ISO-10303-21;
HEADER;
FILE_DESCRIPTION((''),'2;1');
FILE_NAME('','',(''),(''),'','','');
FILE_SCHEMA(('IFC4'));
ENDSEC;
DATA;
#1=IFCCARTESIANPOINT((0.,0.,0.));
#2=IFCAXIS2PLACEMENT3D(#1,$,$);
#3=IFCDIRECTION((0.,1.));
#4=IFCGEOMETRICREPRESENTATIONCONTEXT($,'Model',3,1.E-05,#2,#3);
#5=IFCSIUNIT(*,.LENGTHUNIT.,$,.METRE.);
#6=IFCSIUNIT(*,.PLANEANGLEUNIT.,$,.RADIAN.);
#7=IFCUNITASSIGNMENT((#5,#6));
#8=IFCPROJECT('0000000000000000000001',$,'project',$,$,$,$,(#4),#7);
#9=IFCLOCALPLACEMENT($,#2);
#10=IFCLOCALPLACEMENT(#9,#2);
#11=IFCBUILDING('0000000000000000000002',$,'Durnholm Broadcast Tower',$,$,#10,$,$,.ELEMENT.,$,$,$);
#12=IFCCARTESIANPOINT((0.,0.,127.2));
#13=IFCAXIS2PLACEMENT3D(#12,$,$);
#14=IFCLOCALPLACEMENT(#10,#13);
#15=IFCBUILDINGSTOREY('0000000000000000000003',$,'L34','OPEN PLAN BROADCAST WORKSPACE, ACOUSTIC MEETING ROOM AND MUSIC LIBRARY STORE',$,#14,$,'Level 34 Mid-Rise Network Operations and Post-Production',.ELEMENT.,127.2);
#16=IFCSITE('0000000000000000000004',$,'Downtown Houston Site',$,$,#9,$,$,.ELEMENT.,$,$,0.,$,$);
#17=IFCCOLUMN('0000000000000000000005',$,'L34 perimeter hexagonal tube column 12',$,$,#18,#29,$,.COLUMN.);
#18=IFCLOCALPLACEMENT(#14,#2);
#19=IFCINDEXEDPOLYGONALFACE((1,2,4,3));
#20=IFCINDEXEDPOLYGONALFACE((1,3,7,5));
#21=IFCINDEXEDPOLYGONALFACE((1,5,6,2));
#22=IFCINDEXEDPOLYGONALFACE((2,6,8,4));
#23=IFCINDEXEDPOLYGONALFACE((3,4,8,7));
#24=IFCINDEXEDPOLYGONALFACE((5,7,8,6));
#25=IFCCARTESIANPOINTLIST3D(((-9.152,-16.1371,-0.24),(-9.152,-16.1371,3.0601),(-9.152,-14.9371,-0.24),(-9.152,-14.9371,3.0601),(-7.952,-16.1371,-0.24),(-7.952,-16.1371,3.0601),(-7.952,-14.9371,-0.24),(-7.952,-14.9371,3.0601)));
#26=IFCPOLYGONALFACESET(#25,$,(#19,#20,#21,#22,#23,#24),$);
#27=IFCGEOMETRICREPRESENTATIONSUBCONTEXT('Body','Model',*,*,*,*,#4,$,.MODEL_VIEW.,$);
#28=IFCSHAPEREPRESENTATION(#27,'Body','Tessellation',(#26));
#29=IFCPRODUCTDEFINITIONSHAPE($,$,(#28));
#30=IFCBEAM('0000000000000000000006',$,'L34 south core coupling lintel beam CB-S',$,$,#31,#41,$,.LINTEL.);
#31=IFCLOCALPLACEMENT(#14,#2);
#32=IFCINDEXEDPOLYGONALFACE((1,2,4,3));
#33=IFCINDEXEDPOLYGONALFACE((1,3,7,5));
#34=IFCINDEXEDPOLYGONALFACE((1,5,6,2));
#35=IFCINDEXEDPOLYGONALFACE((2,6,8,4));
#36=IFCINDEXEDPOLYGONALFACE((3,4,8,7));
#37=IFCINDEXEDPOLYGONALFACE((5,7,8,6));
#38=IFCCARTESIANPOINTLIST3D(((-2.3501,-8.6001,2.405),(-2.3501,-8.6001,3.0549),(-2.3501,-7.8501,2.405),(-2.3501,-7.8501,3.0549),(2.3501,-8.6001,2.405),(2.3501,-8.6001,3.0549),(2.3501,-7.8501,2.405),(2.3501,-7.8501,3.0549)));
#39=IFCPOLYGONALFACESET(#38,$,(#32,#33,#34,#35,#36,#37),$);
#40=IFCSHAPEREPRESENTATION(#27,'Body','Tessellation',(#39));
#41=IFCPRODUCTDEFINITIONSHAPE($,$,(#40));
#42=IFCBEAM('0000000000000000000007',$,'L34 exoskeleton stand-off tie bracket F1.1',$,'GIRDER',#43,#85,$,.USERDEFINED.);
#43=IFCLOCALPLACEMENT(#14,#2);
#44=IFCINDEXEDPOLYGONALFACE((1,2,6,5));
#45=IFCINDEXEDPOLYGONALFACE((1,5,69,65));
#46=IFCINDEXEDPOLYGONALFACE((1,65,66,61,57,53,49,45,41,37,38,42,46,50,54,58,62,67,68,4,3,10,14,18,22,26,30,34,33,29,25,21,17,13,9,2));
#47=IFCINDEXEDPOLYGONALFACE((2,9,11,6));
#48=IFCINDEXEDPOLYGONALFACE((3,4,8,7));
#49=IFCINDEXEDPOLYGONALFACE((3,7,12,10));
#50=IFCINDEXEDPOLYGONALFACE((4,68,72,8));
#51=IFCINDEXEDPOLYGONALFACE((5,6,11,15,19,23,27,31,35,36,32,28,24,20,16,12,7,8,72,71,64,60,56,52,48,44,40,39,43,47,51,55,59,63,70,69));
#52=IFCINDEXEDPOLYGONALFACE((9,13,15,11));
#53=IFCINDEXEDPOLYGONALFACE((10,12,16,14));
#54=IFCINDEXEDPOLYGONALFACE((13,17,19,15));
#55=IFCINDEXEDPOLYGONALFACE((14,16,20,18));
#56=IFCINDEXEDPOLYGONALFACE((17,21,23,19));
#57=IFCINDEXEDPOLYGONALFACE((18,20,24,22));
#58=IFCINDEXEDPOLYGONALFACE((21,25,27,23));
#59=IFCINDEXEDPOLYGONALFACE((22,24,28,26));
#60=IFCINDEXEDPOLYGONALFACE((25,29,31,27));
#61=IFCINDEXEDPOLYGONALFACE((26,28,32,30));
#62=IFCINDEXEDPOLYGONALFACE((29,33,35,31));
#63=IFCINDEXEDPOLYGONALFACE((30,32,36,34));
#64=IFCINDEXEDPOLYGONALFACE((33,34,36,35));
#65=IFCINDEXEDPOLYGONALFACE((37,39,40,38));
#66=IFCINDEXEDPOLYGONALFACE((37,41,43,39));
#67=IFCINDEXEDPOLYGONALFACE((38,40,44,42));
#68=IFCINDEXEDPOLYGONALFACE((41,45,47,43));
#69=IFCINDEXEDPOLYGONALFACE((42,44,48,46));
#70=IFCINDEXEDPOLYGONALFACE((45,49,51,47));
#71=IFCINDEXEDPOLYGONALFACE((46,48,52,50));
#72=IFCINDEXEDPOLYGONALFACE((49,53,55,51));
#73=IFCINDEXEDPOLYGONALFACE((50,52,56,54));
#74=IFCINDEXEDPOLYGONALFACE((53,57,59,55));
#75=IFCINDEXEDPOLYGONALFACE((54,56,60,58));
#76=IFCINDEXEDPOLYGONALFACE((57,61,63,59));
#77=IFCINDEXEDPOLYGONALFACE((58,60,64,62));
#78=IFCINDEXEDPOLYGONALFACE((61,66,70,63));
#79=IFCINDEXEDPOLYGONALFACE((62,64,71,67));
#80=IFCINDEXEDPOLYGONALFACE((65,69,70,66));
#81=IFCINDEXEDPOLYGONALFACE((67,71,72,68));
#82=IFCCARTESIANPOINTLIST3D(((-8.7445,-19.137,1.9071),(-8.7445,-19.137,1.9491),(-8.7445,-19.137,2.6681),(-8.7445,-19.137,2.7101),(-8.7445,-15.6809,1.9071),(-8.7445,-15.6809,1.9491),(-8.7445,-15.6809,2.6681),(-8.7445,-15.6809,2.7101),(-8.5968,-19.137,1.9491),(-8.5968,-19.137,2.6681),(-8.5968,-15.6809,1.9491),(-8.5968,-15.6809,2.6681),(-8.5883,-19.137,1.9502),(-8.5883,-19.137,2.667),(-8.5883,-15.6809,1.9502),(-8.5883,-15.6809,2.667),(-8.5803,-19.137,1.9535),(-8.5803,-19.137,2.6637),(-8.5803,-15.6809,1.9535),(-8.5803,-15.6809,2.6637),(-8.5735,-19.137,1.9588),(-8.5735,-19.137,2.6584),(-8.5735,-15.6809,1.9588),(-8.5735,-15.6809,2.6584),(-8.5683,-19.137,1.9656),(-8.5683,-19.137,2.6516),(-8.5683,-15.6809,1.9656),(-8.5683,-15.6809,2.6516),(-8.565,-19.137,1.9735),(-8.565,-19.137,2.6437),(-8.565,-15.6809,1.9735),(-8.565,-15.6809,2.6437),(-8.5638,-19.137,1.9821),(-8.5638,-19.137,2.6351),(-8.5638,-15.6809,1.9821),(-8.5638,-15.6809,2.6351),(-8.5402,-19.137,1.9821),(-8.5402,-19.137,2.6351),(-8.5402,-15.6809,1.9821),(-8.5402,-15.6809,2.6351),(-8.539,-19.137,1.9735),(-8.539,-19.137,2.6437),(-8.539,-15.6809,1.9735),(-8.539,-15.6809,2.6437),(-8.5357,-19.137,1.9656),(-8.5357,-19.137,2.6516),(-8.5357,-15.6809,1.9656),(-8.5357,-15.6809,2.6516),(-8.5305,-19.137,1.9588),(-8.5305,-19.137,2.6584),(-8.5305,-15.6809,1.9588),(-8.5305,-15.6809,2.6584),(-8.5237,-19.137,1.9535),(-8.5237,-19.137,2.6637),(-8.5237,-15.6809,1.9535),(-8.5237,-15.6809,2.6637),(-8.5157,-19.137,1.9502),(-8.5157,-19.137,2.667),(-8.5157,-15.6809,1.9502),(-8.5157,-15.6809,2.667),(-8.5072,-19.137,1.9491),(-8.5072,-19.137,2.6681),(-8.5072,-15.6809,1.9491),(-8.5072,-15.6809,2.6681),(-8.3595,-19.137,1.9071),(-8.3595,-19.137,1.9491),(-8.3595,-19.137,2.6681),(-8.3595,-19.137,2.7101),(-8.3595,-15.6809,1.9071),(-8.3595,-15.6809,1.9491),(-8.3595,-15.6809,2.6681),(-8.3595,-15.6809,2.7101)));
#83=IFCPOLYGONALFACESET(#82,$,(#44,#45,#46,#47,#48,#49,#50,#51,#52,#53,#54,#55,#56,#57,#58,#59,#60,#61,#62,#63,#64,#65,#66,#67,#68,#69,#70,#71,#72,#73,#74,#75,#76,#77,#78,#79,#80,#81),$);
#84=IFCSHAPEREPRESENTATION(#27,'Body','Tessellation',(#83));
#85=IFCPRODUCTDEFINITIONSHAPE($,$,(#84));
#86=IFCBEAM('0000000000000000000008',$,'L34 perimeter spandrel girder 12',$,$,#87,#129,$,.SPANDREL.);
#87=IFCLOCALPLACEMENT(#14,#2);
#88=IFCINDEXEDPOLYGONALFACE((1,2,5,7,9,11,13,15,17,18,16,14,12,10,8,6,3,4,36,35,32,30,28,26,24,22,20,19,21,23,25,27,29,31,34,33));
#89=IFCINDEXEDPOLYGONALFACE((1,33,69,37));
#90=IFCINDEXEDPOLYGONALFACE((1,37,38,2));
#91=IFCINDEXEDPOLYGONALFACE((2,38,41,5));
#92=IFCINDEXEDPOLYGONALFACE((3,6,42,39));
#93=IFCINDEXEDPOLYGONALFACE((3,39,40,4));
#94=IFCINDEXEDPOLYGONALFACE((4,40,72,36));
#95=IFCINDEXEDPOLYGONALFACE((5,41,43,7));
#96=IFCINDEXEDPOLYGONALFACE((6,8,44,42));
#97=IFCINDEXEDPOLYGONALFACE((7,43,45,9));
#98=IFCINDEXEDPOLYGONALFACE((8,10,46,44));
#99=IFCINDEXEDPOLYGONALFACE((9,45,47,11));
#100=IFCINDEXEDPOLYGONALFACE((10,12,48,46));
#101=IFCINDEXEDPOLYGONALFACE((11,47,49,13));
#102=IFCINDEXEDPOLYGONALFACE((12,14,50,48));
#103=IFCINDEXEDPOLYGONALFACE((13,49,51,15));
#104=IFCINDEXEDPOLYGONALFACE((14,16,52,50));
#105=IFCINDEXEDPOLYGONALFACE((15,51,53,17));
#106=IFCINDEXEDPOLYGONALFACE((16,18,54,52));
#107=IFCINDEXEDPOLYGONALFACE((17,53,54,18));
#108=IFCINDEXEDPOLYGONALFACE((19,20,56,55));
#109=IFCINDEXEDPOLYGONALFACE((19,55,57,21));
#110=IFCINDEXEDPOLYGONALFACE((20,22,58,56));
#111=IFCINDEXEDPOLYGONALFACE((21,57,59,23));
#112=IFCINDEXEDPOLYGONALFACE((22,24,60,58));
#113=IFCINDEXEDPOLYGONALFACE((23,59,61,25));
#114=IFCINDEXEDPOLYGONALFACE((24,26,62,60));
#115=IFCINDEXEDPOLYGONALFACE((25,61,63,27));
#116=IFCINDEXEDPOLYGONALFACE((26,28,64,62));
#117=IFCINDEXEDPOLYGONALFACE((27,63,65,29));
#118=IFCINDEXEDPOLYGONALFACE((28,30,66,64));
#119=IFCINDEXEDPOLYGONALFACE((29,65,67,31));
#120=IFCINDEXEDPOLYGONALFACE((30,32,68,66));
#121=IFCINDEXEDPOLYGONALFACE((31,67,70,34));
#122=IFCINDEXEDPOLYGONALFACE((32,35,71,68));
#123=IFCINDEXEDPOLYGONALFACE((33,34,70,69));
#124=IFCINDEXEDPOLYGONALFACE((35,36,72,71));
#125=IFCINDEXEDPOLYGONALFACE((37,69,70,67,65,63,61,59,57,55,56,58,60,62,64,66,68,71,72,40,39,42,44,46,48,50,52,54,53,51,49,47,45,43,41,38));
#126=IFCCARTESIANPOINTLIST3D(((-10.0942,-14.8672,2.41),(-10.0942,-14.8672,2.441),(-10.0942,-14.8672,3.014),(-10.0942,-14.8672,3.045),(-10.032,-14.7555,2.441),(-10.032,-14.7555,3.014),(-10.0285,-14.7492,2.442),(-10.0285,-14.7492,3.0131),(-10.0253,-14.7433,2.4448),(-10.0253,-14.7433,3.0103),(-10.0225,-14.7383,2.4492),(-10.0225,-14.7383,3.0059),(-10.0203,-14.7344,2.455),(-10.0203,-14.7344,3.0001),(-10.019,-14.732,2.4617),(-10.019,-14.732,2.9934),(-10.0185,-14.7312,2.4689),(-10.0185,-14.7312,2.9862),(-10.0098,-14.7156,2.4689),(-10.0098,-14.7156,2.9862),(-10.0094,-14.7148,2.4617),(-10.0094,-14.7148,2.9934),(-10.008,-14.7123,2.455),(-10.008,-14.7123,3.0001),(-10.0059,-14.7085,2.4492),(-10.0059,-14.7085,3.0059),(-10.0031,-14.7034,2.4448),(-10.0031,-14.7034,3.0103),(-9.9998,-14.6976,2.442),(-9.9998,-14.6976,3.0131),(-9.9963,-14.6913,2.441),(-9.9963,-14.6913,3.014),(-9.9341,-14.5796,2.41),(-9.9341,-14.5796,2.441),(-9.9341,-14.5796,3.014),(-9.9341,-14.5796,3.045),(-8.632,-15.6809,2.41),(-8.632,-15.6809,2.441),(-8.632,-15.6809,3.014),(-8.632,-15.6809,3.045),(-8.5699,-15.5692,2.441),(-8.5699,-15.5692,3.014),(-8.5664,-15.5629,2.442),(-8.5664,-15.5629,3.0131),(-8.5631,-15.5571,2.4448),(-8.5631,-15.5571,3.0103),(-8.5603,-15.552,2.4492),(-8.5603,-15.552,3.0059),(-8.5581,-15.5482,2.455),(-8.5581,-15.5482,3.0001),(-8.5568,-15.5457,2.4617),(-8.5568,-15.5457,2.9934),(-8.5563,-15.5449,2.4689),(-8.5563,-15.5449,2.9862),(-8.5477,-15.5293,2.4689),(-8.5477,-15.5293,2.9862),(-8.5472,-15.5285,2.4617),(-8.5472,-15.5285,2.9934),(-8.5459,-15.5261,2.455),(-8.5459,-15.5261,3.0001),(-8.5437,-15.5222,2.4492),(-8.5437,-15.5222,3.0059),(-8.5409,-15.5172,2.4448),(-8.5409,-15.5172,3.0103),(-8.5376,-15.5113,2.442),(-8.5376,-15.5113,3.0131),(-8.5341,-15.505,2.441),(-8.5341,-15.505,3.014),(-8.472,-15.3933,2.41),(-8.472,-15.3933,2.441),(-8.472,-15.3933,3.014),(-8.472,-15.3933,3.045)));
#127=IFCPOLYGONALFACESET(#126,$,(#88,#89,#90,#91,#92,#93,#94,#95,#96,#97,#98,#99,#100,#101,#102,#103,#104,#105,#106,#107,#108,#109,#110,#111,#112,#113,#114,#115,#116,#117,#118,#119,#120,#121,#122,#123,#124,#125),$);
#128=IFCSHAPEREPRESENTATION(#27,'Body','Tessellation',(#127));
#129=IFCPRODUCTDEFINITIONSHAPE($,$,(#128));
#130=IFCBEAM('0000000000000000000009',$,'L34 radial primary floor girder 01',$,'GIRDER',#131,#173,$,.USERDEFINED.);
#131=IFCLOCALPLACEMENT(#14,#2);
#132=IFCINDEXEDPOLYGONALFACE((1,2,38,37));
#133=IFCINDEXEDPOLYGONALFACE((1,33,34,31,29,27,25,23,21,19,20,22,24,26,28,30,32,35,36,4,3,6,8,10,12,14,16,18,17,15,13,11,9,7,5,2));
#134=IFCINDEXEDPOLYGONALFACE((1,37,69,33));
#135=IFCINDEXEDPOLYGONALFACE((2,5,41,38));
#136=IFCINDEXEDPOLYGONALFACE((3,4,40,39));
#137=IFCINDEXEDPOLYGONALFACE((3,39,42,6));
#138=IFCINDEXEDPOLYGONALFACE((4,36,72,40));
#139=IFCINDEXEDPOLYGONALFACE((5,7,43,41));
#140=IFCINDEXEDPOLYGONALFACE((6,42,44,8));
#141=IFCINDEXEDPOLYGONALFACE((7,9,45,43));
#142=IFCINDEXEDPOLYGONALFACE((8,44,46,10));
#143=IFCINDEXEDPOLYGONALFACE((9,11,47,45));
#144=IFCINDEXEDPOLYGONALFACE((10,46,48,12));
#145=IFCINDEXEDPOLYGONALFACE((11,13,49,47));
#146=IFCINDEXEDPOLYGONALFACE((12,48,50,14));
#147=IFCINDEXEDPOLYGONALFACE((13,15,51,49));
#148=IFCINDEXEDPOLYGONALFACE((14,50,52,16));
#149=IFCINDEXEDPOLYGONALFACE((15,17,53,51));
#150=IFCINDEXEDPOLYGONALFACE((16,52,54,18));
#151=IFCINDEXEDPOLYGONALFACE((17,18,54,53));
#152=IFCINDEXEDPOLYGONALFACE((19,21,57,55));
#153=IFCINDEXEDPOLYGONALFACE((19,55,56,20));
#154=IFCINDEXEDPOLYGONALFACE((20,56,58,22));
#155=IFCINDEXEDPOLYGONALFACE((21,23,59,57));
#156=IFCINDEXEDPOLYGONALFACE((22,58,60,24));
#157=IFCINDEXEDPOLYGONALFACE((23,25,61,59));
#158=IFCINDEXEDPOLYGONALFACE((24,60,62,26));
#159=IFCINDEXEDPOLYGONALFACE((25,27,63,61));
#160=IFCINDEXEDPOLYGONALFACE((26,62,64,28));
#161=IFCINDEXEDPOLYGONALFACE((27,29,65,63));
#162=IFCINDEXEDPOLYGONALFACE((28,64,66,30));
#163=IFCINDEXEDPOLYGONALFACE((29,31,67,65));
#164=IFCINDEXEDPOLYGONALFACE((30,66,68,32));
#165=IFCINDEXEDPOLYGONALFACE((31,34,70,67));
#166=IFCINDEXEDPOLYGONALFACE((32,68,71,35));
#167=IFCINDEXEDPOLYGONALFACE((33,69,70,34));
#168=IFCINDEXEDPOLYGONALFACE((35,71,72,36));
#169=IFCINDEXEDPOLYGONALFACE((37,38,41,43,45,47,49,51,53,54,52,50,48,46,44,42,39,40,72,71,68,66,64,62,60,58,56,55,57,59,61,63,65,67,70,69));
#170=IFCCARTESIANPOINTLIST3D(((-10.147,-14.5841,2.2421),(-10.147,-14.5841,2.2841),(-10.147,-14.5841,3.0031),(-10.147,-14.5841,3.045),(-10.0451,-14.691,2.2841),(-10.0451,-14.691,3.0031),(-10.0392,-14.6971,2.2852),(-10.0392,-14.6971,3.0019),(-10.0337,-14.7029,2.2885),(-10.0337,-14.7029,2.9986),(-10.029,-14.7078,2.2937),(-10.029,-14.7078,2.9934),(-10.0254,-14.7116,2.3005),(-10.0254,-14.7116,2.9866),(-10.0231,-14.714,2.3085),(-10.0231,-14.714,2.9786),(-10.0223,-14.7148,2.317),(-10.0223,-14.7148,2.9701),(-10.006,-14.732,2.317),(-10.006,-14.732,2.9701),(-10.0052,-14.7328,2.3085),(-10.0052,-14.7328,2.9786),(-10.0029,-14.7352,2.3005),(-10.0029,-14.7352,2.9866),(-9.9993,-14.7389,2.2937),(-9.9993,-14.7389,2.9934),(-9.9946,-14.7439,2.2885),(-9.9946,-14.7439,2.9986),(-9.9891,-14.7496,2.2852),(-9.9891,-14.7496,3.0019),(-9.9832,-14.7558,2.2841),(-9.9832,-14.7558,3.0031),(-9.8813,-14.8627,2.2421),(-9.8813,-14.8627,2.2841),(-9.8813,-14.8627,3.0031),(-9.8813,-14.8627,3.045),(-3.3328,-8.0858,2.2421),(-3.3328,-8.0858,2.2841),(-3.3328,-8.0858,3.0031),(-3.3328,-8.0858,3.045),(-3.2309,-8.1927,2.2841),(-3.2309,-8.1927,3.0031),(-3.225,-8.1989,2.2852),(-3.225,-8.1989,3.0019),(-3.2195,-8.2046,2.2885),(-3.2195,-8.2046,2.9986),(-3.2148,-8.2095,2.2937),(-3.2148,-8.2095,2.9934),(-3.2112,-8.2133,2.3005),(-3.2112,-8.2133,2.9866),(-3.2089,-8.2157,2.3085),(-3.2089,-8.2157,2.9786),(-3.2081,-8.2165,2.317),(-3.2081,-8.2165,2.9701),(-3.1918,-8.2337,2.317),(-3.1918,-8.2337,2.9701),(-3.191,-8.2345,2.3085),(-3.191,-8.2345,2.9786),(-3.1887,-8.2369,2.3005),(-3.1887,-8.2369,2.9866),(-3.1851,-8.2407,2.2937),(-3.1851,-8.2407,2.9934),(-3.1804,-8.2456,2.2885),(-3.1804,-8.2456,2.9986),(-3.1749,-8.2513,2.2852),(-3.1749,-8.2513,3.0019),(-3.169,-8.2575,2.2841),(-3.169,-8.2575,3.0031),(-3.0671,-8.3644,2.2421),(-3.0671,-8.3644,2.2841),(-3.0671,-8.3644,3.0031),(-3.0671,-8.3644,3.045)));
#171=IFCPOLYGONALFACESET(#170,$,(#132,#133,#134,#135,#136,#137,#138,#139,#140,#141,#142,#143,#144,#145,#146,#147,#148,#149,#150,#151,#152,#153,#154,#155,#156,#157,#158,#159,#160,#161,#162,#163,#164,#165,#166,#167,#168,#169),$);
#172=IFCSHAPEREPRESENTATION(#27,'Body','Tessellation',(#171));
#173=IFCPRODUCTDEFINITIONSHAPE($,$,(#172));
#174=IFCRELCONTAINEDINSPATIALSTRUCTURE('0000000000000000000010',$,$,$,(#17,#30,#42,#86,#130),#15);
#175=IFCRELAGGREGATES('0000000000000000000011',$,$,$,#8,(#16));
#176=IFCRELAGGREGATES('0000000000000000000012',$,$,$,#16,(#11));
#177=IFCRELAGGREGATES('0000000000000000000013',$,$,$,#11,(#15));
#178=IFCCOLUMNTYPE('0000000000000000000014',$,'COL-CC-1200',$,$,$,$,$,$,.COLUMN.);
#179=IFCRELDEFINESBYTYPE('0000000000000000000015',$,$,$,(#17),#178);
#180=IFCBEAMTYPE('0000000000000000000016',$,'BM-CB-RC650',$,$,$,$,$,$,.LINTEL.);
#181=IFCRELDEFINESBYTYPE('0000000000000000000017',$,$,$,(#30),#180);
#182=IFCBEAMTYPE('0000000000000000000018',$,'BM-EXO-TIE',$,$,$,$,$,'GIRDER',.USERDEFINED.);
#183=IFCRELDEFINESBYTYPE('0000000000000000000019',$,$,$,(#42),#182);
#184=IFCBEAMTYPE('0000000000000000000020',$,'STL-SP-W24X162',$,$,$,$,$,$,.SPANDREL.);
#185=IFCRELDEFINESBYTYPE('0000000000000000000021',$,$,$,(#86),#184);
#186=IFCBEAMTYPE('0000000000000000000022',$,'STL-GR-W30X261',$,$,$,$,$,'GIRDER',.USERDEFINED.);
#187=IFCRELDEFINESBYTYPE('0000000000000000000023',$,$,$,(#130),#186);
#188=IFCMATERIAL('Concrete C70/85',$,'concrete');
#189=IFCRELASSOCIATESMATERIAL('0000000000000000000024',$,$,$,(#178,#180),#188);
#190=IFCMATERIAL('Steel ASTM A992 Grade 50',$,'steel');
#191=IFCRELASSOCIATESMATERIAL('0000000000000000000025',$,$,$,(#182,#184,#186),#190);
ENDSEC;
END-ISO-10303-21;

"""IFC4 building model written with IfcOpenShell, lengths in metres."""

from ifc_helpers import new_model, si_unit, direction, frame, origin, origin_2d, place, context, subcontext, project, spatial, rectangle, i_section, extrude, source, transform, mapped, material, material_profile, profile_set, type_object, type_shapes, element, save


model = new_model("IFC4")

# Units and contexts
model_context = context("Model", 3, precision=1e-05, world=origin(), true_north=direction((0.0, 1.0)))
body_context = subcontext(model_context, "Body", "Model", "MODEL_VIEW")
ifc_project = project(units=[si_unit("LENGTHUNIT", "METRE"), si_unit("PLANEANGLEUNIT", "RADIAN")], contexts=[model_context])

# Site, building, storey
site_placement = place(None, origin())
site = spatial("IfcSite", under=ifc_project, at=site_placement, Name="Downtown Houston Site", CompositionType="ELEMENT", RefElevation=0.0)
building_placement = place(site_placement, origin())
building = spatial("IfcBuilding", under=site, at=building_placement, Name="Durnholm Broadcast Tower", CompositionType="ELEMENT")
storey_placement = place(building_placement, frame((0.0, 0.0, 127.2)))
storey = spatial("IfcBuildingStorey", under=building, at=storey_placement, Name="L34", Description="OPEN PLAN BROADCAST WORKSPACE, ACOUSTIC MEETING ROOM AND MUSIC LIBRARY STORE", LongName="Level 34 Mid-Rise Network Operations and Post-Production", CompositionType="ELEMENT", Elevation=127.2)

# Column
ifc_material_1 = material(Name="Concrete C70/85", Category="concrete")
ifc_material_profile_1 = material_profile(ifc_material_1, rectangle(XDim=1.2, YDim=1.2, at=origin_2d()), Name="RC1200X1200")
ifc_profile_set_1 = profile_set([ifc_material_profile_1], Name="Concrete C70/85")
column_type = type_object("IfcColumnType", Name="COL-CC-1200", PredefinedType="COLUMN", material=ifc_profile_set_1)
shared_shape_1 = source(origin(), body_context, "Body", "SweptSolid", [
    extrude(rectangle(XDim=1.2, YDim=1.2, at=origin_2d()), origin(), (0.0, 0.0, 1.0), 3.3),
])
type_shapes(column_type, [shared_shape_1])
column_placement = place(storey_placement, frame((-8.552, -15.5371, -0.24), z_axis=(0.0, 0.0, 1.0), x_axis=(1.0, 0.0, 0.0)))
element("IfcColumn", 1, at=column_placement, inside=storey, type_object=column_type, Name="L34 perimeter hexagonal tube column 12", PredefinedType="COLUMN", context=body_context, shape_type="MappedRepresentation", body=[
    mapped(shared_shape_1, transform((0.0, 0.0, 0.0), x_axis=(1.0, 0.0, 0.0), y_axis=(0.0, 1.0, 0.0), z_axis=(0.0, 0.0, 1.0), scale=1.0)),
])

# Beams
ifc_material_profile_2 = material_profile(ifc_material_1, rectangle(XDim=0.75, YDim=0.6499, at=origin_2d()), Name="RC750X650")
ifc_profile_set_2 = profile_set([ifc_material_profile_2], Name="Concrete C70/85")
beam_type_1 = type_object("IfcBeamType", Name="BM-CB-RC650", PredefinedType="LINTEL", material=ifc_profile_set_2)
shared_shape_2 = source(origin(), body_context, "Body", "SweptSolid", [
    extrude(rectangle(XDim=0.75, YDim=0.6499, at=origin_2d()), origin(), (0.0, 0.0, 1.0), 4.7002),
])
type_shapes(beam_type_1, [shared_shape_2])
beam_1_placement = place(storey_placement, frame((-2.3501, -8.2251, 2.73), z_axis=(1.0, 0.0, 0.0), x_axis=(0.0, 1.0, 0.0)))
element("IfcBeam", 2, at=beam_1_placement, inside=storey, type_object=beam_type_1, Name="L34 south core coupling lintel beam CB-S", PredefinedType="LINTEL", context=body_context, shape_type="MappedRepresentation", body=[
    mapped(shared_shape_2, transform((0.0, 0.0, 0.0), x_axis=(1.0, 0.0, 0.0), y_axis=(0.0, 1.0, 0.0), z_axis=(0.0, 0.0, 1.0), scale=1.0)),
])
ifc_material_2 = material(Name="Steel ASTM A992 Grade 50", Category="steel")
ifc_material_profile_3 = material_profile(ifc_material_2, i_section(OverallWidth=0.385, OverallDepth=0.803, WebThickness=0.0237, FlangeThickness=0.042, FilletRadius=0.033, at=origin_2d()), Name="W30X261")
ifc_profile_set_3 = profile_set([ifc_material_profile_3], Name="Steel ASTM A992 Grade 50")
beam_type_2 = type_object("IfcBeamType", Name="BM-EXO-TIE", ElementType="GIRDER", PredefinedType="USERDEFINED", material=ifc_profile_set_3)
shared_shape_3 = source(origin(), body_context, "Body", "SweptSolid", [
    extrude(i_section(OverallWidth=0.385, OverallDepth=0.803, WebThickness=0.0237, FlangeThickness=0.042, FilletRadius=0.033, at=origin_2d()), origin(), (0.0, 0.0, 1.0), 3.4561),
])
beam_2_placement = place(storey_placement, frame((-8.552, -15.6809, 2.3086), z_axis=(0.0, -1.0, 0.0), x_axis=(1.0, 0.0, 0.0)))
element("IfcBeam", 3, at=beam_2_placement, inside=storey, type_object=beam_type_2, Name="L34 exoskeleton stand-off tie bracket F1.1", ObjectType="GIRDER", PredefinedType="USERDEFINED", context=body_context, shape_type="MappedRepresentation", body=[
    mapped(shared_shape_3, transform((0.0, 0.0, 0.0), x_axis=(1.0, 0.0, 0.0), y_axis=(0.0, 1.0, 0.0), z_axis=(0.0, 0.0, 1.0), scale=1.0)),
])
ifc_material_profile_4 = material_profile(ifc_material_2, i_section(OverallWidth=0.3291, OverallDepth=0.635, WebThickness=0.0178, FlangeThickness=0.031, FilletRadius=0.0278, at=origin_2d()), Name="W24X162")
ifc_profile_set_4 = profile_set([ifc_material_profile_4], Name="Steel ASTM A992 Grade 50")
beam_type_3 = type_object("IfcBeamType", Name="STL-SP-W24X162", PredefinedType="SPANDREL", material=ifc_profile_set_4)
shared_shape_4 = source(origin(), body_context, "Body", "SweptSolid", [
    extrude(i_section(OverallWidth=0.3291, OverallDepth=0.635, WebThickness=0.0178, FlangeThickness=0.031, FilletRadius=0.0278, at=origin_2d()), origin(), (0.0, 0.0, 1.0), 1.6733),
])
type_shapes(beam_type_3, [shared_shape_4])
beam_3_placement = place(storey_placement, frame((-8.552, -15.5371, 2.7275), z_axis=(-0.873799, 0.486287, 0.0), x_axis=(-0.486287, -0.873799, 0.0)))
element("IfcBeam", 4, at=beam_3_placement, inside=storey, type_object=beam_type_3, Name="L34 perimeter spandrel girder 12", PredefinedType="SPANDREL", context=body_context, shape_type="MappedRepresentation", body=[
    mapped(shared_shape_4, transform((0.0, 0.0, 0.0), x_axis=(1.0, 0.0, 0.0), y_axis=(0.0, 1.0, 0.0), z_axis=(0.0, 0.0, 1.0), scale=1.0)),
])
ifc_material_profile_5 = material_profile(ifc_material_2, i_section(OverallWidth=0.385, OverallDepth=0.803, WebThickness=0.0237, FlangeThickness=0.042, FilletRadius=0.033, at=origin_2d()), Name="W30X261")
ifc_profile_set_5 = profile_set([ifc_material_profile_5], Name="Steel ASTM A992 Grade 50")
beam_type_4 = type_object("IfcBeamType", Name="STL-GR-W30X261", ElementType="GIRDER", PredefinedType="USERDEFINED", material=ifc_profile_set_5)
shared_shape_5 = source(origin(), body_context, "Body", "SweptSolid", [
    extrude(i_section(OverallWidth=0.385, OverallDepth=0.803, WebThickness=0.0237, FlangeThickness=0.042, FilletRadius=0.033, at=origin_2d()), origin(), (0.0, 0.0, 1.0), 9.416),
])
beam_4_placement = place(storey_placement, frame((-3.2, -8.2251, 2.6436), z_axis=(-0.723683, -0.690132, 0.0), x_axis=(0.690132, -0.723683, 0.0)))
element("IfcBeam", 5, at=beam_4_placement, inside=storey, type_object=beam_type_4, Name="L34 radial primary floor girder 01", ObjectType="GIRDER", PredefinedType="USERDEFINED", context=body_context, shape_type="MappedRepresentation", body=[
    mapped(shared_shape_5, transform((0.0, 0.0, 0.0), x_axis=(1.0, 0.0, 0.0), y_axis=(0.0, 1.0, 0.0), z_axis=(0.0, 0.0, 1.0), scale=1.0)),
])

save(model, "model.ifc")
